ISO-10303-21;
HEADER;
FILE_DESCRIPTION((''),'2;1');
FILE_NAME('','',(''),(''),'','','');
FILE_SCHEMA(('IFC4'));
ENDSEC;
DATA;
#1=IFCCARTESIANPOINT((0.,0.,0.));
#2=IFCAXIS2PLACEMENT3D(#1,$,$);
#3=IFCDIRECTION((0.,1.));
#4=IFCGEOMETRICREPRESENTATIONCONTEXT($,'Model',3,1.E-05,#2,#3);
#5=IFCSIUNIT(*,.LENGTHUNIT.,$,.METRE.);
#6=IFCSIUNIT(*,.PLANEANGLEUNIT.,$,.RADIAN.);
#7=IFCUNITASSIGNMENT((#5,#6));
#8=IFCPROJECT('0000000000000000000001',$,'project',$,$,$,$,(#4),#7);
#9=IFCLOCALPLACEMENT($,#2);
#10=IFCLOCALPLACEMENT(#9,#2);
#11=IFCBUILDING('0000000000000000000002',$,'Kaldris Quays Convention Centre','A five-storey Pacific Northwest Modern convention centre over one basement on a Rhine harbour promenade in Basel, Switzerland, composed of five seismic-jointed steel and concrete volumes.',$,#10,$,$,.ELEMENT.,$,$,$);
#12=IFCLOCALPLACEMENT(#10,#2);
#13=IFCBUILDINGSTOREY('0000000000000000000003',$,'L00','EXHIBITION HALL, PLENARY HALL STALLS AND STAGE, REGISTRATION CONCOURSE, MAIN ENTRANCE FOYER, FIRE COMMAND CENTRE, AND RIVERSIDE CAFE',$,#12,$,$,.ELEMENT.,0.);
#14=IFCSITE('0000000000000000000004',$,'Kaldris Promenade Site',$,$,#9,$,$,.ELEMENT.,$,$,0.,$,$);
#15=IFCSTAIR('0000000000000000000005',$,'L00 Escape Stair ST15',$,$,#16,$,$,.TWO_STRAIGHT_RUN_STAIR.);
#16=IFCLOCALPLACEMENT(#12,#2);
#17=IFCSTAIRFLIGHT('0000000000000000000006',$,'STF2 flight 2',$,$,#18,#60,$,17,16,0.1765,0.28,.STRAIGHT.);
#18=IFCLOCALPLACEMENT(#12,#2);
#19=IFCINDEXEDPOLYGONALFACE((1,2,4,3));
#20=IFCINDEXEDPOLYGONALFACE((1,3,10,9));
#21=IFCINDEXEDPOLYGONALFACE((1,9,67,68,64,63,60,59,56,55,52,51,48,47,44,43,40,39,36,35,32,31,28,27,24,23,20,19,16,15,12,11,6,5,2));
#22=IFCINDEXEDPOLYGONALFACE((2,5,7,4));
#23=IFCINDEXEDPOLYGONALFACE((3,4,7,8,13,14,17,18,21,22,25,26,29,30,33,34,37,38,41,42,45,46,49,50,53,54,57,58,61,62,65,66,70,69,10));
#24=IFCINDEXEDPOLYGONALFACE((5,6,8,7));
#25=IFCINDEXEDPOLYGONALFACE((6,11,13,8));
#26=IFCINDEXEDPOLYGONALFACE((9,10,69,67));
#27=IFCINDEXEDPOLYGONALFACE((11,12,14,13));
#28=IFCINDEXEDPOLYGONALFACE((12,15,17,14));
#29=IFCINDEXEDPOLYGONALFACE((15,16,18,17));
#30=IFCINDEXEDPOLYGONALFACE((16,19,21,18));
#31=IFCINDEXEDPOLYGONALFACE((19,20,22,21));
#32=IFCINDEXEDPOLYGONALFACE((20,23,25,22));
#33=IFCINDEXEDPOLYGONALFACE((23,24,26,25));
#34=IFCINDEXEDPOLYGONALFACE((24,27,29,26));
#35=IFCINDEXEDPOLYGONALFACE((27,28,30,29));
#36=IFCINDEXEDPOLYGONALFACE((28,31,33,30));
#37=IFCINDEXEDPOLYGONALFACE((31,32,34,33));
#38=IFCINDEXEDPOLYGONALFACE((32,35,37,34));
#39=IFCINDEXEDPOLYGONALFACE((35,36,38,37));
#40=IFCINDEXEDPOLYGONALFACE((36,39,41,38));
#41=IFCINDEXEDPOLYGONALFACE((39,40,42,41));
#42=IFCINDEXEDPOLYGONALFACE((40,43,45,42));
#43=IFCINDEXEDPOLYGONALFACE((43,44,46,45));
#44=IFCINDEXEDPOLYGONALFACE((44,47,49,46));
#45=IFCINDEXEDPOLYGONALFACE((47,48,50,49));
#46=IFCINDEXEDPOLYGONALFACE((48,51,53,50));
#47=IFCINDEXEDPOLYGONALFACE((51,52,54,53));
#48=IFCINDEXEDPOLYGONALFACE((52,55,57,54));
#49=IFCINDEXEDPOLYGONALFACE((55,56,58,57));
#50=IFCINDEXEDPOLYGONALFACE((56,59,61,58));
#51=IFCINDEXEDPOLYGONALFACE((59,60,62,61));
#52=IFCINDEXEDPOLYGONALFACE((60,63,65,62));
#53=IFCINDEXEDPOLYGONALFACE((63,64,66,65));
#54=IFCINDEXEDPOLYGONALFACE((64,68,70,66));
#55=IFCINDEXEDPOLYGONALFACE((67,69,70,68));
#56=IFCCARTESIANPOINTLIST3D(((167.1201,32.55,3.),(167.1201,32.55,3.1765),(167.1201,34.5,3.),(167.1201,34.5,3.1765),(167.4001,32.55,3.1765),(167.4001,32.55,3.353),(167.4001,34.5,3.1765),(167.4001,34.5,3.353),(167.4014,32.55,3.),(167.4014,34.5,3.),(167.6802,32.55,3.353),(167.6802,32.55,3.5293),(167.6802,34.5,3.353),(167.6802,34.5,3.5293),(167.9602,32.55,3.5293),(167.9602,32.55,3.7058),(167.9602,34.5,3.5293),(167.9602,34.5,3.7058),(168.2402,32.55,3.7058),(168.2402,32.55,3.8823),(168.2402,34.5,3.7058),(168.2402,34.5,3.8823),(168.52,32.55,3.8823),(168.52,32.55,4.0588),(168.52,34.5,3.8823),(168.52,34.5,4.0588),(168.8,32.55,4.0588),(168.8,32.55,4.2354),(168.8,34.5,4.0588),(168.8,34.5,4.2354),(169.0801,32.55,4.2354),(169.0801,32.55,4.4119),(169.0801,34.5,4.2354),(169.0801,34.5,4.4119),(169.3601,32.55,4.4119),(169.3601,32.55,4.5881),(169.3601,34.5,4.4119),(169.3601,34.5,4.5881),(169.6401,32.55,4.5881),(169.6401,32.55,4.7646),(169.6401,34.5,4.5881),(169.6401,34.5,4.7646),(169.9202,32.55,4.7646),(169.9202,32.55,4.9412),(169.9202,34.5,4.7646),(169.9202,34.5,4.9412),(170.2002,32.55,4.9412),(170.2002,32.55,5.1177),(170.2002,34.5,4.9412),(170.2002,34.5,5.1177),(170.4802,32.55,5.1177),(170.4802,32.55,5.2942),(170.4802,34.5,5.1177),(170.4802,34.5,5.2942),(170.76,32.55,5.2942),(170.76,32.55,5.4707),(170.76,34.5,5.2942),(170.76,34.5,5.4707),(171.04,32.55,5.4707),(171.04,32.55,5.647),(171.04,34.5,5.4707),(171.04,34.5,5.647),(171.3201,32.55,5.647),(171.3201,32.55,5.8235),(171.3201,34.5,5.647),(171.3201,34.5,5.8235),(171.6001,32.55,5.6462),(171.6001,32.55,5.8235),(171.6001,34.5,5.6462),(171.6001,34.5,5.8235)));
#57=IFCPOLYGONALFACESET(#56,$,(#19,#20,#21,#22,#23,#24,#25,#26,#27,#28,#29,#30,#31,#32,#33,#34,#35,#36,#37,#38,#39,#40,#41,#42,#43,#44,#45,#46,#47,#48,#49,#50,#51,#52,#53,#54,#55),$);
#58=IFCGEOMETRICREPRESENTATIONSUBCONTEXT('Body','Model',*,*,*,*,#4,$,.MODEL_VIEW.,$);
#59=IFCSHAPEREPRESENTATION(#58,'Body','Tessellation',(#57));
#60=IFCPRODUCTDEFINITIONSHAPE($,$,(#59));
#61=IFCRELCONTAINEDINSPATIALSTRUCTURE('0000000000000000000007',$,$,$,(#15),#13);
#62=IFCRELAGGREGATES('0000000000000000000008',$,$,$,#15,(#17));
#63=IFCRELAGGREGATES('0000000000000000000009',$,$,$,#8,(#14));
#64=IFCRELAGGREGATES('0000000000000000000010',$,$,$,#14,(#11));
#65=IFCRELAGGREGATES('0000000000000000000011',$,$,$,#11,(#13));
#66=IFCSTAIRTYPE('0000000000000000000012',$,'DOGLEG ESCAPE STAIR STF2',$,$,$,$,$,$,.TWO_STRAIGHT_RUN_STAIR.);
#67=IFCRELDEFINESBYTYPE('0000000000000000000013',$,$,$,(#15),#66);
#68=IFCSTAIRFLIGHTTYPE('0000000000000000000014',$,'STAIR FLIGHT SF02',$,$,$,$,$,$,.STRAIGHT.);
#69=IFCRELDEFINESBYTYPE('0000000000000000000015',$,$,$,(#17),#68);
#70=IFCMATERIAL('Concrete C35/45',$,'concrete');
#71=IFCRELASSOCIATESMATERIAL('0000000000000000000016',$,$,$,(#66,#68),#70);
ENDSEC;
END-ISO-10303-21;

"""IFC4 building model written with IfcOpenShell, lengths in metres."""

from ifc_helpers import new_model, si_unit, direction, frame, origin, place, context, subcontext, project, spatial, polyline, outline, extrude, material, type_object, element, aggregate, save


model = new_model("IFC4")

# Units and contexts
model_context = context("Model", 3, precision=1e-05, world=origin(), true_north=direction((0.0, 1.0)))
body_context = subcontext(model_context, "Body", "Model", "MODEL_VIEW")
ifc_project = project(units=[si_unit("LENGTHUNIT", "METRE"), si_unit("PLANEANGLEUNIT", "RADIAN")], contexts=[model_context])

# Site, building, storey
site_placement = place(None, origin())
site = spatial("IfcSite", under=ifc_project, at=site_placement, Name="Kaldris Promenade Site", CompositionType="ELEMENT", RefElevation=0.0)
building_placement = place(site_placement, origin())
building = spatial("IfcBuilding", under=site, at=building_placement, Name="Kaldris Quays Convention Centre", Description="A five-storey Pacific Northwest Modern convention centre over one basement on a Rhine harbour promenade in Basel, Switzerland, composed of five seismic-jointed steel and concrete volumes.", CompositionType="ELEMENT")
storey_placement = place(building_placement, origin())
storey = spatial("IfcBuildingStorey", under=building, at=storey_placement, Name="L00", Description="EXHIBITION HALL, PLENARY HALL STALLS AND STAGE, REGISTRATION CONCOURSE, MAIN ENTRANCE FOYER, FIRE COMMAND CENTRE, AND RIVERSIDE CAFE", CompositionType="ELEMENT", Elevation=0.0)

# Stair, stair flight
ifc_material_1 = material(Name="Concrete C35/45", Category="concrete")
stair_type = type_object("IfcStairType", Name="DOGLEG ESCAPE STAIR STF2", PredefinedType="TWO_STRAIGHT_RUN_STAIR", material=ifc_material_1)
stair_placement = place(storey_placement, origin())
stair = element("IfcStair", 1, at=stair_placement, inside=storey, type_object=stair_type, Name="L00 Escape Stair ST15", PredefinedType="TWO_STRAIGHT_RUN_STAIR")
stair_flight_type = type_object("IfcStairFlightType", Name="STAIR FLIGHT SF02", PredefinedType="STRAIGHT", material=ifc_material_1)
stair_flight_placement = place(storey_placement, frame((167.1201, 33.5249, 3.0), z_axis=(0.0, 0.0, 1.0), x_axis=(1.0, 0.0, 0.0)))
stair_flight = element("IfcStairFlight", 2, at=stair_flight_placement, type_object=stair_flight_type, Name="STF2 flight 2", NumberOfRisers=17, NumberOfTreads=16, PredefinedType="STRAIGHT", RiserHeight=0.1765, TreadLength=0.28, context=body_context, shape_type="SweptSolid", body=[
    extrude(outline(polyline([(0.0, 0.0), (0.0, 0.1765), (0.28, 0.1765), (0.28, 0.353), (0.5601, 0.353), (0.5601, 0.5293), (0.8401, 0.5293), (0.8401, 0.7058), (1.1201, 0.7058), (1.1201, 0.8823), (1.3999, 0.8823), (1.3999, 1.0588), (1.6799, 1.0588), (1.6799, 1.2354), (1.96, 1.2354), (1.96, 1.4119), (2.24, 1.4119), (2.24, 1.5881), (2.52, 1.5881), (2.52, 1.7646), (2.8, 1.7646), (2.8, 1.9412), (3.0801, 1.9412), (3.0801, 2.1177), (3.3601, 2.1177), (3.3601, 2.2942), (3.6399, 2.2942), (3.6399, 2.4707), (3.9199, 2.4707), (3.9199, 2.647), (4.2, 2.647), (4.2, 2.8235), (4.48, 2.8235), (4.48, 3.0), (4.48, 2.6462), (0.2812, 0.0), (0.0, 0.0)])), frame((0.0, 0.9751, 0.0), z_axis=(0.0, -1.0, 0.0), x_axis=(1.0, 0.0, 0.0)), (0.0, 0.0, 1.0), 1.95),
])
aggregate(stair, [stair_flight])

save(model, "model.ifc")
